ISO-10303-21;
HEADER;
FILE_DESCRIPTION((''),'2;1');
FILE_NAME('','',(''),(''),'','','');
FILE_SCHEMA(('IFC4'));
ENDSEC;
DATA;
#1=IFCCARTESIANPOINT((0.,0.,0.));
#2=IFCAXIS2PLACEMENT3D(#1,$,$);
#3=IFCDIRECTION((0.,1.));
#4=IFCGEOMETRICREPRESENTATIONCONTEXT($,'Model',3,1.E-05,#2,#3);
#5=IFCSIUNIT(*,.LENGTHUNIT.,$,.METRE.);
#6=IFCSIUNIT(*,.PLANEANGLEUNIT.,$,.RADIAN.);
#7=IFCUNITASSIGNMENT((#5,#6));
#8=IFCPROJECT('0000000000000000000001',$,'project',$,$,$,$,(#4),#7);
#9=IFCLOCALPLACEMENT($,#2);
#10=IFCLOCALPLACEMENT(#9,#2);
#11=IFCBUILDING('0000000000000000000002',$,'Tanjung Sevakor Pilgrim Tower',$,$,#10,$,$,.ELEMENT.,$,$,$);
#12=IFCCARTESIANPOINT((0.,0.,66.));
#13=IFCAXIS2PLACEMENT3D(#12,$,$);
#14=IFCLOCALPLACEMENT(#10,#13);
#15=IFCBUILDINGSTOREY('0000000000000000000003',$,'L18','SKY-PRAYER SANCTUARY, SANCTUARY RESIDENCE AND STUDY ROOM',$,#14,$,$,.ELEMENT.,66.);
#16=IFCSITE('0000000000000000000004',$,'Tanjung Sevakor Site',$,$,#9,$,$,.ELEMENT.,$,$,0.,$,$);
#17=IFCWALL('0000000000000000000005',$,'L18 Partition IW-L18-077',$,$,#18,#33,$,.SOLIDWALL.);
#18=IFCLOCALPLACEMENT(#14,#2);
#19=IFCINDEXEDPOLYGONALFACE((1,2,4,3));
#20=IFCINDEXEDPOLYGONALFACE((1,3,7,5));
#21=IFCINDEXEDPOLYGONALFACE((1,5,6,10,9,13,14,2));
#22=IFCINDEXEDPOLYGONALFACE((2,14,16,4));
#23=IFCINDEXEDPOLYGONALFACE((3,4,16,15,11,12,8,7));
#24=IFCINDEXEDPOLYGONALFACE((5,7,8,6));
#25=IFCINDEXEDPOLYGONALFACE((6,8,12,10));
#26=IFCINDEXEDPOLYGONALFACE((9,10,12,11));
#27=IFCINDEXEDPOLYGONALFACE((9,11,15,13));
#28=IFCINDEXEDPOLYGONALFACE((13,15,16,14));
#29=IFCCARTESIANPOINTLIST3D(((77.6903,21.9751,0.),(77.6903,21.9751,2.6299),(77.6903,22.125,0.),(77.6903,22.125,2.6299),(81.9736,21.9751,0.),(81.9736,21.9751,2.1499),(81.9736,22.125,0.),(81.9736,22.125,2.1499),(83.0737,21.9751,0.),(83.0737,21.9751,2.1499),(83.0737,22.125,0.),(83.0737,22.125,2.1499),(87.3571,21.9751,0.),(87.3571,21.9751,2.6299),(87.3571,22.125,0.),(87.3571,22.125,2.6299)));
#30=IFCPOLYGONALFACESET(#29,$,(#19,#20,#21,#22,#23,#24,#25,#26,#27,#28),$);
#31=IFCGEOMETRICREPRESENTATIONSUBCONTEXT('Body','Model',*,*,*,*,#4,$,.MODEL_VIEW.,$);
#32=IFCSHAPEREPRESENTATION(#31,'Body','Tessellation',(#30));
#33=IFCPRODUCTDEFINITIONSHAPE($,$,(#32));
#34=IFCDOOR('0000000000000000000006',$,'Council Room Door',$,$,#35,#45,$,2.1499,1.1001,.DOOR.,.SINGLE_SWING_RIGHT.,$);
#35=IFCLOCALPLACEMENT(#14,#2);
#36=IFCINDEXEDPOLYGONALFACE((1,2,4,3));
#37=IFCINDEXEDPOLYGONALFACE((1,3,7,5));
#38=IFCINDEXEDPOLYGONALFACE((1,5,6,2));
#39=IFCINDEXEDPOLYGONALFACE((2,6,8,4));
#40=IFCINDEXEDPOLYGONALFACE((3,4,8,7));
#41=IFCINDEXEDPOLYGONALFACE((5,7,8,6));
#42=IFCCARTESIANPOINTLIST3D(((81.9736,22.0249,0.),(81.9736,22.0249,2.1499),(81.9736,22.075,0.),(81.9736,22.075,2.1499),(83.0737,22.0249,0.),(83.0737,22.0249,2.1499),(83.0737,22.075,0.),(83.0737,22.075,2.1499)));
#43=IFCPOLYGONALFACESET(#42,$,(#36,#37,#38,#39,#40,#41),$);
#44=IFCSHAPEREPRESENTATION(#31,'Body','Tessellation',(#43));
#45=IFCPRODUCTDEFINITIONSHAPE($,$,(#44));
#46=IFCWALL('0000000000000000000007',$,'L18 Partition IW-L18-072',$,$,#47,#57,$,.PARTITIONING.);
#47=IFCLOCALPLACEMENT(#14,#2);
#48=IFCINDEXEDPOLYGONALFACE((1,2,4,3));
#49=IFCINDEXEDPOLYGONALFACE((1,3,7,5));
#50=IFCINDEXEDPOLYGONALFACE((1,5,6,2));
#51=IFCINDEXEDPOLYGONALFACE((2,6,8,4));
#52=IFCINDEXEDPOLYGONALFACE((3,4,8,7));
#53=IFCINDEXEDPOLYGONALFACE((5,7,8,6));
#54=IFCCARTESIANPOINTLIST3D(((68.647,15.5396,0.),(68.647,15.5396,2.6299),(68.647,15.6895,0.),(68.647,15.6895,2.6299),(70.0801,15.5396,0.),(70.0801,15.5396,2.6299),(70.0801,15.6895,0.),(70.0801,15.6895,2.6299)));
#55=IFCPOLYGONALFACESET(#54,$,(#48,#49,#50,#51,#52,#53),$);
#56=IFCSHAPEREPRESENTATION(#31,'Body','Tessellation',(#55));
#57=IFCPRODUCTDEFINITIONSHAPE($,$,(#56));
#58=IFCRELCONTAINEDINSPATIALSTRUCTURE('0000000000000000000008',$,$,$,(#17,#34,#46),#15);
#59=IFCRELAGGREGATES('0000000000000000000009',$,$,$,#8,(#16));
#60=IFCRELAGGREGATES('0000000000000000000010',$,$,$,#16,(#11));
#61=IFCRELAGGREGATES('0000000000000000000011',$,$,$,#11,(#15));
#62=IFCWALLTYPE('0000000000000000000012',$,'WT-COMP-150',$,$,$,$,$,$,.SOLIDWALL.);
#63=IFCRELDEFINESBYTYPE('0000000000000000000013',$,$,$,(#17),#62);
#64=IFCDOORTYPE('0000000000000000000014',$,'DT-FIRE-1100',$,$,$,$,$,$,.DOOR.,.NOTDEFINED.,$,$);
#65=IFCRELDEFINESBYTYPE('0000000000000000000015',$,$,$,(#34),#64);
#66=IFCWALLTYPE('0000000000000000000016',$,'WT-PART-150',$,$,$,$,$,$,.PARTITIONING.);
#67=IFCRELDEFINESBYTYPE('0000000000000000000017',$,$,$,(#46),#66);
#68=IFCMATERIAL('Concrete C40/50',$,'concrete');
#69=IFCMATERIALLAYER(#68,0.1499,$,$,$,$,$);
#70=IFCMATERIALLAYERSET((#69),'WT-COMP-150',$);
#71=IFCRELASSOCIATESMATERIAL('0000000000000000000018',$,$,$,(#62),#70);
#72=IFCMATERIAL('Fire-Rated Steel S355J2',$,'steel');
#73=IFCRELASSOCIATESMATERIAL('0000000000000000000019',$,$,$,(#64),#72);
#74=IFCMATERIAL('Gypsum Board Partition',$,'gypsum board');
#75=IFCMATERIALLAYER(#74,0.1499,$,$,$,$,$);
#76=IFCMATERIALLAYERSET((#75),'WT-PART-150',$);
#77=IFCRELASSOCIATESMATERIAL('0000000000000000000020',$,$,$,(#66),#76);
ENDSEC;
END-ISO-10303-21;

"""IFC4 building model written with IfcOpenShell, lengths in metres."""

from ifc_helpers import new_model, si_unit, direction, frame, frame_2d, origin, place, context, subcontext, project, spatial, rectangle, extrude, material, layer, layer_set, type_object, element, fill, save


model = new_model("IFC4")

# Units and contexts
model_context = context("Model", 3, precision=1e-05, world=origin(), true_north=direction((0.0, 1.0)))
body_context = subcontext(model_context, "Body", "Model", "MODEL_VIEW")
ifc_project = project(units=[si_unit("LENGTHUNIT", "METRE"), si_unit("PLANEANGLEUNIT", "RADIAN")], contexts=[model_context])

# Site, building, storey
site_placement = place(None, origin())
site = spatial("IfcSite", under=ifc_project, at=site_placement, Name="Tanjung Sevakor Site", CompositionType="ELEMENT", RefElevation=0.0)
building_placement = place(site_placement, origin())
building = spatial("IfcBuilding", under=site, at=building_placement, Name="Tanjung Sevakor Pilgrim Tower", CompositionType="ELEMENT")
storey_placement = place(building_placement, frame((0.0, 0.0, 66.0)))
storey = spatial("IfcBuildingStorey", under=building, at=storey_placement, Name="L18", Description="SKY-PRAYER SANCTUARY, SANCTUARY RESIDENCE AND STUDY ROOM", CompositionType="ELEMENT", Elevation=66.0)

# Shared definitions
ifc_material_1 = material(Name="Concrete C40/50", Category="concrete")
ifc_layer_1 = layer(ifc_material_1, 0.1499)
ifc_layer_set_1 = layer_set([ifc_layer_1], Name="WT-COMP-150")
wall_type_1 = type_object("IfcWallType", Name="WT-COMP-150", PredefinedType="SOLIDWALL", material=ifc_layer_set_1)

# Wall, opening, door
wall_1_placement = place(storey_placement, frame((77.6902, 22.05, 0.0), z_axis=(0.0, 0.0, 1.0), x_axis=(1.0, 0.0, 0.0)))
wall_1 = element("IfcWall", 1, at=wall_1_placement, inside=storey, type_object=wall_type_1, Name="L18 Partition IW-L18-077", PredefinedType="SOLIDWALL", context=body_context, shape_type="SweptSolid", body=[
    extrude(rectangle(XDim=9.6667, YDim=0.1499, at=frame_2d((4.8335, 0.0))), origin(), (0.0, 0.0, 1.0), 2.6299),
])
opening_1_placement = place(wall_1_placement, frame((4.2834, 0.0, 0.0)))
opening_1 = element("IfcOpeningElement", 2, at=opening_1_placement, cuts=wall_1, PredefinedType="OPENING", context=body_context, shape_type="SweptSolid", body=[
    extrude(rectangle(XDim=1.1001, YDim=2.1499, at=frame_2d((0.55, 1.075))), frame((0.0, 0.085, 0.0), z_axis=(0.0, -1.0, 0.0), x_axis=(1.0, 0.0, 0.0)), (0.0, 0.0, 1.0), 0.1699),
])
ifc_material_2 = material(Name="Fire-Rated Steel S355J2", Category="steel")
door_type_1 = type_object("IfcDoorType", Name="DT-FIRE-1100", OperationType="NOTDEFINED", PredefinedType="DOOR", material=ifc_material_2)
door_1_placement = place(opening_1_placement, origin())
door_1 = element("IfcDoor", 3, at=door_1_placement, inside=storey, type_object=door_type_1, Name="Council Room Door", OperationType="SINGLE_SWING_RIGHT", OverallHeight=2.1499, OverallWidth=1.1001, PredefinedType="DOOR", context=body_context, shape_type="SweptSolid", body=[
    extrude(rectangle(XDim=1.1001, YDim=2.1499, at=frame_2d((0.55, 1.075))), frame((0.0, 0.0249, 0.0), z_axis=(0.0, -1.0, 0.0), x_axis=(1.0, 0.0, 0.0)), (0.0, 0.0, 1.0), 0.05),
])
fill(opening_1, door_1)

# Wall
ifc_material_3 = material(Name="Gypsum Board Partition", Category="gypsum board")
ifc_layer_2 = layer(ifc_material_3, 0.1499)
ifc_layer_set_2 = layer_set([ifc_layer_2], Name="WT-PART-150")
wall_type_2 = type_object("IfcWallType", Name="WT-PART-150", PredefinedType="PARTITIONING", material=ifc_layer_set_2)
wall_2_placement = place(storey_placement, frame((68.647, 15.6145, 0.0), z_axis=(0.0, 0.0, 1.0), x_axis=(1.0, 0.0, 0.0)))
element("IfcWall", 4, at=wall_2_placement, inside=storey, type_object=wall_type_2, Name="L18 Partition IW-L18-072", PredefinedType="PARTITIONING", context=body_context, shape_type="SweptSolid", body=[
    extrude(rectangle(XDim=1.4331, YDim=0.1499, at=frame_2d((0.7166, 0.0))), origin(), (0.0, 0.0, 1.0), 2.6299),
])

save(model, "model.ifc")
